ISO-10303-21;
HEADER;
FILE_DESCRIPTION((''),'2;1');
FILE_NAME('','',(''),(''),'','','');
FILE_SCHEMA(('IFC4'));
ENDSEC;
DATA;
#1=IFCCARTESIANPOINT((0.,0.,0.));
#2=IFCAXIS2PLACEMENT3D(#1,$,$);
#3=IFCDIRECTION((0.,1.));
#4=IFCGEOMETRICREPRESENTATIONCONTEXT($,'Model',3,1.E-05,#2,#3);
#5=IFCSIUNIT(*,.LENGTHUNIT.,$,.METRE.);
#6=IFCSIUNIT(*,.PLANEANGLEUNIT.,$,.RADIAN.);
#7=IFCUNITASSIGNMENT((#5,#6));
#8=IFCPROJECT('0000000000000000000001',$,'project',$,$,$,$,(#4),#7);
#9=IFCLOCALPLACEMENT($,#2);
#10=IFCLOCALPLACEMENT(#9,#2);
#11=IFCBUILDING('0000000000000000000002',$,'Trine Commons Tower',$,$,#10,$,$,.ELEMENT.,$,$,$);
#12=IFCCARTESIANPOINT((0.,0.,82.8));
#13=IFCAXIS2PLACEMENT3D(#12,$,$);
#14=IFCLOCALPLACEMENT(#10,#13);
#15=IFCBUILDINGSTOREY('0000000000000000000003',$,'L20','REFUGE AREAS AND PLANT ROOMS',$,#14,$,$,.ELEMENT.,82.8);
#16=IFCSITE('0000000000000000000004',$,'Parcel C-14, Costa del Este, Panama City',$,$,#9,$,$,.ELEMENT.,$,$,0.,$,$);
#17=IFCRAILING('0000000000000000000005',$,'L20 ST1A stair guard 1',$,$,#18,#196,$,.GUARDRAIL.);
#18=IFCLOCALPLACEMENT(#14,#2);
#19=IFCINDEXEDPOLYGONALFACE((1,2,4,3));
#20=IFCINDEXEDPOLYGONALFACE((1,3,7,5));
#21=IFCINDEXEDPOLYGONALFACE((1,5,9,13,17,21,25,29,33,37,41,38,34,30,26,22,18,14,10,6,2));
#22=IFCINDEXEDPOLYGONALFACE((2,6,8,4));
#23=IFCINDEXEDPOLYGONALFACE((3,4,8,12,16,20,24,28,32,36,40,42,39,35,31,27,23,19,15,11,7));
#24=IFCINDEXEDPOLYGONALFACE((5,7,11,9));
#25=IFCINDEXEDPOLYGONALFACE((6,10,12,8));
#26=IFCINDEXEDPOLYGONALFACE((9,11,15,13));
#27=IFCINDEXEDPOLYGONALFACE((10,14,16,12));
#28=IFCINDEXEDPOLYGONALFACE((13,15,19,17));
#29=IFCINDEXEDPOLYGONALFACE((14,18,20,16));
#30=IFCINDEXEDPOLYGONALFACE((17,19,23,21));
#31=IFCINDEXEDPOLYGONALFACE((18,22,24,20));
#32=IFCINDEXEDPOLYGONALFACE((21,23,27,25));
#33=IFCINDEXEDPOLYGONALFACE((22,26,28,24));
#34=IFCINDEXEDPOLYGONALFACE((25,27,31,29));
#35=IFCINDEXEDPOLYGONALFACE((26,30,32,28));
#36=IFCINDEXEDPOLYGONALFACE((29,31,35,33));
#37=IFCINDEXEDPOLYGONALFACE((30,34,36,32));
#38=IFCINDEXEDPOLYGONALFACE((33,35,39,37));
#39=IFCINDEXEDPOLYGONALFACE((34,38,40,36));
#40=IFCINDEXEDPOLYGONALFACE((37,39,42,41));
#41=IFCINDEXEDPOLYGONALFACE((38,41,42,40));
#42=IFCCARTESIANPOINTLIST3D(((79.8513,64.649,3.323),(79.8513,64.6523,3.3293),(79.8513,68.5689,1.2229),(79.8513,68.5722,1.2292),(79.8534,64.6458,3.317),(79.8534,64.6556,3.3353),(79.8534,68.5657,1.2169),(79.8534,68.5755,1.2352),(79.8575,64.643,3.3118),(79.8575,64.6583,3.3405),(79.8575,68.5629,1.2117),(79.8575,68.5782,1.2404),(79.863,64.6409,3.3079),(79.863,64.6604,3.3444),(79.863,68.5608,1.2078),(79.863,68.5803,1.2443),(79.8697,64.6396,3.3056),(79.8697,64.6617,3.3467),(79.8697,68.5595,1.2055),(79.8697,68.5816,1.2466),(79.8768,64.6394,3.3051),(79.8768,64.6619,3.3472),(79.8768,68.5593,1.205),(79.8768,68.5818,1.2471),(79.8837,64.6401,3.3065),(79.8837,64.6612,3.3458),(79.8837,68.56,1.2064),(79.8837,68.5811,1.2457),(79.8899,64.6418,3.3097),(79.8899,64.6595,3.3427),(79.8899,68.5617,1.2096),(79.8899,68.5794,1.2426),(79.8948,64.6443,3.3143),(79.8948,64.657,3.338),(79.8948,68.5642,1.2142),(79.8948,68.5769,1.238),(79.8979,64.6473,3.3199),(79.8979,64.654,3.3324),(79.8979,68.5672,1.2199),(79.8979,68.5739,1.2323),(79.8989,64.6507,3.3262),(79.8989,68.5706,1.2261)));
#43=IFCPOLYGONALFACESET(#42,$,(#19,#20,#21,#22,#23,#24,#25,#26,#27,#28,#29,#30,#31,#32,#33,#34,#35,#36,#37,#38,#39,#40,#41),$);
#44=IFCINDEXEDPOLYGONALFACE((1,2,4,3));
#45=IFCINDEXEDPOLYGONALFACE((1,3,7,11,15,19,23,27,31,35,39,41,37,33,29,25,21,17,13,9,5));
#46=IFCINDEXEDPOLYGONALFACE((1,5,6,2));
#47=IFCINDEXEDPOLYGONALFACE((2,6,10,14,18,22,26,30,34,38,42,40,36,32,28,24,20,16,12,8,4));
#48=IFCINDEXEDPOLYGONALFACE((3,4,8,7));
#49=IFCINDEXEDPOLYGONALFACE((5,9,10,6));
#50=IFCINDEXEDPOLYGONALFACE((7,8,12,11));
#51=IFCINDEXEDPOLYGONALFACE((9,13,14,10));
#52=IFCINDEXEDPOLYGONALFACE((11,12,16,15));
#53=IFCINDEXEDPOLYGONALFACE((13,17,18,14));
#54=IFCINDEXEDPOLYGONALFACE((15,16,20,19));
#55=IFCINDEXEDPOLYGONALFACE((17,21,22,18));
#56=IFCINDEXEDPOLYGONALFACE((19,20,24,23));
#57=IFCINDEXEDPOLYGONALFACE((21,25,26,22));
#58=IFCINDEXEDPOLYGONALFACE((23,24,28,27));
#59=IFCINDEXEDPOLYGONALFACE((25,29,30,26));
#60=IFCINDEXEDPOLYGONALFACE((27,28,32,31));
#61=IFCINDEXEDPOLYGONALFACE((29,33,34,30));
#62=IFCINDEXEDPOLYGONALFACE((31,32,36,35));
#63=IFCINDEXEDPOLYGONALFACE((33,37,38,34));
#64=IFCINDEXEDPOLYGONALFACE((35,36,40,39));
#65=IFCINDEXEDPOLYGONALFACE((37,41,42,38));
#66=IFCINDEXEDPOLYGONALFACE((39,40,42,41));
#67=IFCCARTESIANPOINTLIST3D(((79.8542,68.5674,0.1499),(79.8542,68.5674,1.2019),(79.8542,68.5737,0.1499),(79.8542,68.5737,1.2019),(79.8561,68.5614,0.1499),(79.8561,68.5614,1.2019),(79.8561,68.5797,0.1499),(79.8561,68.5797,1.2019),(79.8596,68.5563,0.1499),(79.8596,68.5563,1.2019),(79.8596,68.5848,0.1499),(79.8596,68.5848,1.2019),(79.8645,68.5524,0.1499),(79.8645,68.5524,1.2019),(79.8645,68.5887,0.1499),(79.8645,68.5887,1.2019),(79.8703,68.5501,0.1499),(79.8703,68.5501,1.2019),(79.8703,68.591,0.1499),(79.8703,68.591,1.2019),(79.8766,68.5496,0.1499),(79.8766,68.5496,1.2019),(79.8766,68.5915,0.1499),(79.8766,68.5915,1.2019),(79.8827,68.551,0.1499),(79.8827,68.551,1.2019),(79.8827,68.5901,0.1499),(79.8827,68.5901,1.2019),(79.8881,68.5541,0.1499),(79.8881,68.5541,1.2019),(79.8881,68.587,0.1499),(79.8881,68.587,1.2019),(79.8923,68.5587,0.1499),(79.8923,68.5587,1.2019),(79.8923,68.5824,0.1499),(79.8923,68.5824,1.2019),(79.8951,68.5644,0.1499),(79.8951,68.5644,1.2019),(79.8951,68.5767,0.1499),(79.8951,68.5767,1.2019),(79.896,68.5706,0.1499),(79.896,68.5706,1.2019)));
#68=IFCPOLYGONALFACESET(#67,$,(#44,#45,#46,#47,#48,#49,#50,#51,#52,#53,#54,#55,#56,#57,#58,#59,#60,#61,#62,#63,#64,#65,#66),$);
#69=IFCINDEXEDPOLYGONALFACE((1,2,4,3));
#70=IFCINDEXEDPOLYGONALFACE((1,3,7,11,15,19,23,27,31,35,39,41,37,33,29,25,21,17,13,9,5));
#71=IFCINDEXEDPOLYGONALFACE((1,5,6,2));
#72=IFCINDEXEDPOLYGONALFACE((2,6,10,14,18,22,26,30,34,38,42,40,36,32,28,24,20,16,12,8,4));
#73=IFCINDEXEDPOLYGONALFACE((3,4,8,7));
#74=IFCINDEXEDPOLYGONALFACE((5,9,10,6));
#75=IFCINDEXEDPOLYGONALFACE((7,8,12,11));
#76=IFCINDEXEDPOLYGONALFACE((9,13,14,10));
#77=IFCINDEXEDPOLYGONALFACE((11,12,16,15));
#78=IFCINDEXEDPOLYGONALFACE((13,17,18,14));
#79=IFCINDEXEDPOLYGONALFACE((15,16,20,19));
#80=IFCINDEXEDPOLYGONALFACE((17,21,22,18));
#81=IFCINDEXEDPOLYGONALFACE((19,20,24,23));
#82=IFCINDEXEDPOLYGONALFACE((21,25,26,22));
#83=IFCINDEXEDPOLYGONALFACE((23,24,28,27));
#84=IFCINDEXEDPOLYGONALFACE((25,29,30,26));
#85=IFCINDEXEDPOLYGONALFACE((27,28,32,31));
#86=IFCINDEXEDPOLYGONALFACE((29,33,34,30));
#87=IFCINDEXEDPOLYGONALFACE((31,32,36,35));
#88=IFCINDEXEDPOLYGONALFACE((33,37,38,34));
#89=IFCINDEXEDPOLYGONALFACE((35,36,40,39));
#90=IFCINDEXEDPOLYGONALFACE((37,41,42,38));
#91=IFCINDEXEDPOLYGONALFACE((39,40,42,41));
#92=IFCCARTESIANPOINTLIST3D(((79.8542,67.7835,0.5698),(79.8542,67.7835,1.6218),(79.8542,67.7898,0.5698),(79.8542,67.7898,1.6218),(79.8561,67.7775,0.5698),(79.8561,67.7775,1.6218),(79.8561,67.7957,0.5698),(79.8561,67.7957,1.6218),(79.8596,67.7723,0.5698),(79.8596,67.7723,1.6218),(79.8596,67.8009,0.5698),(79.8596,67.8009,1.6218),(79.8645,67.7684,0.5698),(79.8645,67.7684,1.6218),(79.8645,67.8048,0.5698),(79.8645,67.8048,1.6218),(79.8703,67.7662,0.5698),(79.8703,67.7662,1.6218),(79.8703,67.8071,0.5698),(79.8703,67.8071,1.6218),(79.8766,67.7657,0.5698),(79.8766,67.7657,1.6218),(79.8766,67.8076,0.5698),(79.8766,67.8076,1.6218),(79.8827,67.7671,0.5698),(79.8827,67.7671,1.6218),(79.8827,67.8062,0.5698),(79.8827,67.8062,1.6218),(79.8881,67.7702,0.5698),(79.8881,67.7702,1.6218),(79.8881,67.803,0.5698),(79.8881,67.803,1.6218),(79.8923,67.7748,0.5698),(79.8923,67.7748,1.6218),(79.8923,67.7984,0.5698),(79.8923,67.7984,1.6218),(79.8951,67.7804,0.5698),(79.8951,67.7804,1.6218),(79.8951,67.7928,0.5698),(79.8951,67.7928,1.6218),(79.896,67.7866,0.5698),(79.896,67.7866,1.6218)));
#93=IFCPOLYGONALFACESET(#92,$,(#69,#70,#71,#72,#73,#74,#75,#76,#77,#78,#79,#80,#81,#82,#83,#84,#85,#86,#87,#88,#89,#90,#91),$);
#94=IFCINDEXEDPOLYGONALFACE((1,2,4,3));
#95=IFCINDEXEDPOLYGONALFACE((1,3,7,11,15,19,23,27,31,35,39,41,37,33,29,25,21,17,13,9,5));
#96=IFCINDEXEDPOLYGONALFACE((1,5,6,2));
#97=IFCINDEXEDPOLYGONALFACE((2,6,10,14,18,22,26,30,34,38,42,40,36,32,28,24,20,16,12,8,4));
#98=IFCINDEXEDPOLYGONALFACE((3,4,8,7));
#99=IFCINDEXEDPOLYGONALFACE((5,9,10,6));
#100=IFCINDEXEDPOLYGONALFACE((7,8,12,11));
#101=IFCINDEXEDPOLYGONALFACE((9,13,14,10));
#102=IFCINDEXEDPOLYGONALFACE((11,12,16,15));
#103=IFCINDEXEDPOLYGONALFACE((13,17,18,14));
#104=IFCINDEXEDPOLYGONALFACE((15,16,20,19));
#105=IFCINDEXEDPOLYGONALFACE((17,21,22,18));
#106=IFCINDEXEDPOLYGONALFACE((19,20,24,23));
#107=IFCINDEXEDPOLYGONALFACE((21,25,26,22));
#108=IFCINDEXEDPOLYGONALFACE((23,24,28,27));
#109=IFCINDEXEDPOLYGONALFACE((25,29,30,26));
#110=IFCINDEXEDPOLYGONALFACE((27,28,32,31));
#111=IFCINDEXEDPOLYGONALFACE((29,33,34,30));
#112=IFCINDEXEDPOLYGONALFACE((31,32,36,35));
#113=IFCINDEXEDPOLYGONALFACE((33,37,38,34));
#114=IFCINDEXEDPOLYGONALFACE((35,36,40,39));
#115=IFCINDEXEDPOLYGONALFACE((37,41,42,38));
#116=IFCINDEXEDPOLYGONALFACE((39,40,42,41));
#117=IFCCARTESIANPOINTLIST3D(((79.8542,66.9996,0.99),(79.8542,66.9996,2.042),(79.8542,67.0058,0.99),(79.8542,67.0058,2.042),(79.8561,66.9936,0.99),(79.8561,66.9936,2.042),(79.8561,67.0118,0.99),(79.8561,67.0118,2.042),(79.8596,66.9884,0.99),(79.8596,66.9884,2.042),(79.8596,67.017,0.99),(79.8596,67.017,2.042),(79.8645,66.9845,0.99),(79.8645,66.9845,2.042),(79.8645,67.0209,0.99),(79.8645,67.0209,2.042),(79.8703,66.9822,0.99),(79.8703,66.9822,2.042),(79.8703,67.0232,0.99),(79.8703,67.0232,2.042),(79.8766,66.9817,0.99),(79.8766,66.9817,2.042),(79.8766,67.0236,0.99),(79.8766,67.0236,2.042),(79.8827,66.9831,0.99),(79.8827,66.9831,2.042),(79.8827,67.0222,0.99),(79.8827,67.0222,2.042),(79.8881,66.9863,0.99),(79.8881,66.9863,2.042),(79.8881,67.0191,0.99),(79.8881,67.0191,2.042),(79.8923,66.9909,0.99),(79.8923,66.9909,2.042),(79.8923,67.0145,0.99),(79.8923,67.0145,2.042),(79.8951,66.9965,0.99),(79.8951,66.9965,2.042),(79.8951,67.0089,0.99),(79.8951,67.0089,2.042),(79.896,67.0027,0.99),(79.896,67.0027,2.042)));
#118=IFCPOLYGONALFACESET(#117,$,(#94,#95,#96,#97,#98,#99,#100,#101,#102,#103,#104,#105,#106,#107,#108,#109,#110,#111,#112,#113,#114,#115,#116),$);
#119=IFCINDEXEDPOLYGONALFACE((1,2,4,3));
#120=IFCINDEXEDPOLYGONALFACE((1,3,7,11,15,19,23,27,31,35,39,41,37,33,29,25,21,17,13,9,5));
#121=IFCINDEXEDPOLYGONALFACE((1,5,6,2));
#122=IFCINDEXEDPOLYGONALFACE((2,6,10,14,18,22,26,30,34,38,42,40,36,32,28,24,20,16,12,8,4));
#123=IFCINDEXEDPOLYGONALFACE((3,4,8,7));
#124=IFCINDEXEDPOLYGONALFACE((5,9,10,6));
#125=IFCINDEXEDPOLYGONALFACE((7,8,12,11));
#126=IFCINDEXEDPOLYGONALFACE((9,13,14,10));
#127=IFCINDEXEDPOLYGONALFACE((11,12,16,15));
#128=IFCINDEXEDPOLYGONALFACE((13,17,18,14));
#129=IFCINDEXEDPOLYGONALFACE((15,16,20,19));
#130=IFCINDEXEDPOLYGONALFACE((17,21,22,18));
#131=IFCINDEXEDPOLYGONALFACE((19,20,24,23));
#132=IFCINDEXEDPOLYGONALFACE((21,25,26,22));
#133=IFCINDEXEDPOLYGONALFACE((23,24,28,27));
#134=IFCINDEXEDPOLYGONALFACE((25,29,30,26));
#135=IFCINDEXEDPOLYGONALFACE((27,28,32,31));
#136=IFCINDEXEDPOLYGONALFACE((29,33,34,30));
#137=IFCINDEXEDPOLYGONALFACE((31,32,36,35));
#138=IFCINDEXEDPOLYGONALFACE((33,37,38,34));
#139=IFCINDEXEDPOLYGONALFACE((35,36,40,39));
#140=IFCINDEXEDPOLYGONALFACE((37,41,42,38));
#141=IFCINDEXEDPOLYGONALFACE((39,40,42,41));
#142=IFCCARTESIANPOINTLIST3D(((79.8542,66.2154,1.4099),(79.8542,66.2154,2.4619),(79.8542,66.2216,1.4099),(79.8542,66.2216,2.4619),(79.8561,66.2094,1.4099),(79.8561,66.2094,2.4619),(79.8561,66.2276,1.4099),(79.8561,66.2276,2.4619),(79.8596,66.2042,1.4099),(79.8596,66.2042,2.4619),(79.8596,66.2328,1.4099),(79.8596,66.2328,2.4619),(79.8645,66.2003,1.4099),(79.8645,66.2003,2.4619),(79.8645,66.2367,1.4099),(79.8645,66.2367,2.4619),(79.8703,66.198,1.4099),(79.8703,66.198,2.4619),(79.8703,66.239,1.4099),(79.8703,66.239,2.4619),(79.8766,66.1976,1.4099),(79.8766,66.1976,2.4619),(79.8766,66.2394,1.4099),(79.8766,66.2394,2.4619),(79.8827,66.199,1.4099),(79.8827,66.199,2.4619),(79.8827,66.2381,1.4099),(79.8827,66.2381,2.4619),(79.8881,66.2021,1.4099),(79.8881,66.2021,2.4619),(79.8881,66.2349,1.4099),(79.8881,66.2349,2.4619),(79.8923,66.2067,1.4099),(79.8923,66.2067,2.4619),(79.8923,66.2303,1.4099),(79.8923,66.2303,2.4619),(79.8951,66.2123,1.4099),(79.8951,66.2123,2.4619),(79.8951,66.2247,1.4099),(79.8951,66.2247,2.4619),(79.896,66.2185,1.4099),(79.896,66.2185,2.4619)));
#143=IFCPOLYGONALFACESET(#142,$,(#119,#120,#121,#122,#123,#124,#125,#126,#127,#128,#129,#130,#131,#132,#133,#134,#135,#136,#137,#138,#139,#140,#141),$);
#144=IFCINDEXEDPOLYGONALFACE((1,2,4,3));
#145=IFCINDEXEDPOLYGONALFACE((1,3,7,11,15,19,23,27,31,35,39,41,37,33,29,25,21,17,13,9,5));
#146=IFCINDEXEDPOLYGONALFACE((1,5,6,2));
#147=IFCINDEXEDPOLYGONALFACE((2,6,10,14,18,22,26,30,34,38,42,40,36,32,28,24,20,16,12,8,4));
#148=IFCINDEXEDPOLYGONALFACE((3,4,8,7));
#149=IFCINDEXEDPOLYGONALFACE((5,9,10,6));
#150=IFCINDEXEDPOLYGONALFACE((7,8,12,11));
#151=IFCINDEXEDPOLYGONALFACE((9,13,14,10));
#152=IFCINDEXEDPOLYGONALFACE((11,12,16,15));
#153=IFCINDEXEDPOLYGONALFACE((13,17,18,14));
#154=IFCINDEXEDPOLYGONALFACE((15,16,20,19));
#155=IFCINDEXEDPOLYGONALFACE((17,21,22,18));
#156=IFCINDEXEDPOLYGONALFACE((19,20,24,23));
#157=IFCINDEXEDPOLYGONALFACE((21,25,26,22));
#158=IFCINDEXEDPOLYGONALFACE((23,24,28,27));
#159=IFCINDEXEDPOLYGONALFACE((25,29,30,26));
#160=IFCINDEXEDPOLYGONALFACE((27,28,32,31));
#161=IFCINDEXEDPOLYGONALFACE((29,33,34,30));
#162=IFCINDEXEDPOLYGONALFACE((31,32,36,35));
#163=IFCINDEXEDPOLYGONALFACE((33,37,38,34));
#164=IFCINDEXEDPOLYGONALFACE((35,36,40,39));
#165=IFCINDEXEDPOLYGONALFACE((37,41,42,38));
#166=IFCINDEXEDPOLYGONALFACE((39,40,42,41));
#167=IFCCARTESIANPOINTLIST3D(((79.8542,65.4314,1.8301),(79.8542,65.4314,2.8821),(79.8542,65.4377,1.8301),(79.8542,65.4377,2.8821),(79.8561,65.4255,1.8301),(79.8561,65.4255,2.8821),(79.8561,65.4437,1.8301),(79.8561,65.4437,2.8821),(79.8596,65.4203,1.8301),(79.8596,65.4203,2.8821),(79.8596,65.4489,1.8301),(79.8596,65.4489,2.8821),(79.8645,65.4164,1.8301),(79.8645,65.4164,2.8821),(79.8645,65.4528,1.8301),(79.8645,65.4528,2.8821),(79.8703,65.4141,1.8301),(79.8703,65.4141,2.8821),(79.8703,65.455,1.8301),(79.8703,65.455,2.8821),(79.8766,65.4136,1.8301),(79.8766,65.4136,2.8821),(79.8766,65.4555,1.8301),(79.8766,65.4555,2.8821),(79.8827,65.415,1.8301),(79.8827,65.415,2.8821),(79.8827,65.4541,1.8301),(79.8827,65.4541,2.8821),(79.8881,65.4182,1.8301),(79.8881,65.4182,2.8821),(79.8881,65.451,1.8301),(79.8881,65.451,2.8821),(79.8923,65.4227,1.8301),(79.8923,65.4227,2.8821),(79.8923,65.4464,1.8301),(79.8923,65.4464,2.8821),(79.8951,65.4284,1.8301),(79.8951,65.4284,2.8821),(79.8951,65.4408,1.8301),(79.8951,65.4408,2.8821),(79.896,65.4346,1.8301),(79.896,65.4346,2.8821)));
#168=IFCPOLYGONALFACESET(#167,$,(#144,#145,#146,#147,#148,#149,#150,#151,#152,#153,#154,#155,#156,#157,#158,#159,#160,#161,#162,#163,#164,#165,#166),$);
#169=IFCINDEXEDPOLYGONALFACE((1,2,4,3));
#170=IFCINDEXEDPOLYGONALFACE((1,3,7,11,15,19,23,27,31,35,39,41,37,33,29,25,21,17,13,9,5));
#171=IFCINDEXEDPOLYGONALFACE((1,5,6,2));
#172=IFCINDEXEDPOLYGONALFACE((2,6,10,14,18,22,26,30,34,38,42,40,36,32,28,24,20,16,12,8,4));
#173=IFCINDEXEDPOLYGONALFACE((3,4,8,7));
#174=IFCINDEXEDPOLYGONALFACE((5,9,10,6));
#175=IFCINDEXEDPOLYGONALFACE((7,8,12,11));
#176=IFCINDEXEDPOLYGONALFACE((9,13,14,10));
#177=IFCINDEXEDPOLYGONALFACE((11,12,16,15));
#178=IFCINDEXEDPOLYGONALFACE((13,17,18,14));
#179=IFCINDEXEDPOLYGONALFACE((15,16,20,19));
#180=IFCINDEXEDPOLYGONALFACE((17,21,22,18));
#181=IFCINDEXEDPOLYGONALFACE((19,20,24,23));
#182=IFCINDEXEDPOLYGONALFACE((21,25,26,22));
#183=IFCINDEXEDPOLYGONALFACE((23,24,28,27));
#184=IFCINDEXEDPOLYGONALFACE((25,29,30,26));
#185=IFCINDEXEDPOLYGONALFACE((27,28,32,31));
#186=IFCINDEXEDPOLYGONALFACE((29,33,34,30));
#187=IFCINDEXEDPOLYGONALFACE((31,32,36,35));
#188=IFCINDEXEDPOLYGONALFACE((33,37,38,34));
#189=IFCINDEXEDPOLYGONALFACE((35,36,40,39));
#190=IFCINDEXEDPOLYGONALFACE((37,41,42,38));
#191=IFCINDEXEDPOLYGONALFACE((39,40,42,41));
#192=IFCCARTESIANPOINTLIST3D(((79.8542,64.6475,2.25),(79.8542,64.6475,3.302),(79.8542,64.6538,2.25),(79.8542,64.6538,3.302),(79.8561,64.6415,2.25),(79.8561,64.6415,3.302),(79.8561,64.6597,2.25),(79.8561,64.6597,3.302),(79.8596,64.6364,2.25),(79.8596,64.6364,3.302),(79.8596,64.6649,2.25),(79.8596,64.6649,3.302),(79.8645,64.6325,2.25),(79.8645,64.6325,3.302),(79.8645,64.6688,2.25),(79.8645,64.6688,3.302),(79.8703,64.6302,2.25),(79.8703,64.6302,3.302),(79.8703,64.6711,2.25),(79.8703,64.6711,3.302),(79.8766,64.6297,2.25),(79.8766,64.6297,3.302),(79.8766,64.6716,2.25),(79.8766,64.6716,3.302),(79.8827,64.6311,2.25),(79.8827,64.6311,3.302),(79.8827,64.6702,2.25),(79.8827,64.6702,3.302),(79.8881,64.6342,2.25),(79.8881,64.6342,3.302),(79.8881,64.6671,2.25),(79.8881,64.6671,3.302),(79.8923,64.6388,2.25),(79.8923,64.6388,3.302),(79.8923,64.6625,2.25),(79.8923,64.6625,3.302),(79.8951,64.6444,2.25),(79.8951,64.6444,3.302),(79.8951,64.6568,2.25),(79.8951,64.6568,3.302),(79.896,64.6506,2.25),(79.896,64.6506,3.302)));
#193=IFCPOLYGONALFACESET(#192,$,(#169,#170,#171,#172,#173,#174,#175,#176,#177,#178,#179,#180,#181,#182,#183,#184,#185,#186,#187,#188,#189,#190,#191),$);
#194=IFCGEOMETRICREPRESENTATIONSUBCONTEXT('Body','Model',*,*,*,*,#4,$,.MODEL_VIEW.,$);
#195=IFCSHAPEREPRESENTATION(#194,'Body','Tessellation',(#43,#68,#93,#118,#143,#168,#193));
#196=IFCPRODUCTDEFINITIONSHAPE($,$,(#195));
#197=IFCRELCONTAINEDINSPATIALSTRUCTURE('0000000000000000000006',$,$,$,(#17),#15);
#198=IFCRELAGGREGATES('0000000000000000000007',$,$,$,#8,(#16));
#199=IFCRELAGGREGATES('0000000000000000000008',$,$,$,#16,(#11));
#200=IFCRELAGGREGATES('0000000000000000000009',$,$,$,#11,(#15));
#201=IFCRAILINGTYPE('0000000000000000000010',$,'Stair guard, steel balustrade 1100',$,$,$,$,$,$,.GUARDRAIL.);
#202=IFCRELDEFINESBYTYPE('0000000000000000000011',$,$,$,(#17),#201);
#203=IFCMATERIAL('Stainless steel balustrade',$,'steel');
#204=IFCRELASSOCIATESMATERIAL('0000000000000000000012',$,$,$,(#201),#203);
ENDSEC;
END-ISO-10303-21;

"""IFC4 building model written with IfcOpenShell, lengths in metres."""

from ifc_helpers import new_model, si_unit, direction, frame, origin, origin_2d, place, context, subcontext, project, spatial, circle, extrude, material, type_object, element, save


model = new_model("IFC4")

# Units and contexts
model_context = context("Model", 3, precision=1e-05, world=origin(), true_north=direction((0.0, 1.0)))
body_context = subcontext(model_context, "Body", "Model", "MODEL_VIEW")
ifc_project = project(units=[si_unit("LENGTHUNIT", "METRE"), si_unit("PLANEANGLEUNIT", "RADIAN")], contexts=[model_context])

# Site, building, storey
site_placement = place(None, origin())
site = spatial("IfcSite", under=ifc_project, at=site_placement, Name="Parcel C-14, Costa del Este, Panama City", CompositionType="ELEMENT", RefElevation=0.0)
building_placement = place(site_placement, origin())
building = spatial("IfcBuilding", under=site, at=building_placement, Name="Trine Commons Tower", CompositionType="ELEMENT")
storey_placement = place(building_placement, frame((0.0, 0.0, 82.8)))
storey = spatial("IfcBuildingStorey", under=building, at=storey_placement, Name="L20", Description="REFUGE AREAS AND PLANT ROOMS", CompositionType="ELEMENT", Elevation=82.8)

# Railing
ifc_material_1 = material(Name="Stainless steel balustrade", Category="steel")
railing_type_1 = type_object("IfcRailingType", Name="Stair guard, steel balustrade 1100", PredefinedType="GUARDRAIL", material=ifc_material_1)
railing_1_placement = place(storey_placement, frame((79.875, 68.5706, 0.1499)))
element("IfcRailing", 1, at=railing_1_placement, inside=storey, type_object=railing_type_1, Name="L20 ST1A stair guard 1", PredefinedType="GUARDRAIL", context=body_context, shape_type="SweptSolid", body=[
    extrude(circle(Radius=0.0239, at=origin_2d()), frame((0.0, 0.0, 1.0762), z_axis=(0.0, -0.881467, 0.472246), x_axis=(1.0, 0.0, 0.0)), (0.0, 0.0, 1.0), 4.447),
    extrude(circle(Radius=0.021, at=origin_2d()), origin(), (0.0, 0.0, 1.0), 1.052),
    extrude(circle(Radius=0.021, at=origin_2d()), frame((0.0, -0.7839, 0.4199)), (0.0, 0.0, 1.0), 1.052),
    extrude(circle(Radius=0.021, at=origin_2d()), frame((0.0, -1.5679, 0.8401)), (0.0, 0.0, 1.0), 1.052),
    extrude(circle(Radius=0.021, at=origin_2d()), frame((0.0, -2.3521, 1.26)), (0.0, 0.0, 1.0), 1.052),
    extrude(circle(Radius=0.021, at=origin_2d()), frame((0.0, -3.136, 1.6802)), (0.0, 0.0, 1.0), 1.052),
    extrude(circle(Radius=0.021, at=origin_2d()), frame((0.0, -3.9199, 2.1001)), (0.0, 0.0, 1.0), 1.052),
])

save(model, "model.ifc")
